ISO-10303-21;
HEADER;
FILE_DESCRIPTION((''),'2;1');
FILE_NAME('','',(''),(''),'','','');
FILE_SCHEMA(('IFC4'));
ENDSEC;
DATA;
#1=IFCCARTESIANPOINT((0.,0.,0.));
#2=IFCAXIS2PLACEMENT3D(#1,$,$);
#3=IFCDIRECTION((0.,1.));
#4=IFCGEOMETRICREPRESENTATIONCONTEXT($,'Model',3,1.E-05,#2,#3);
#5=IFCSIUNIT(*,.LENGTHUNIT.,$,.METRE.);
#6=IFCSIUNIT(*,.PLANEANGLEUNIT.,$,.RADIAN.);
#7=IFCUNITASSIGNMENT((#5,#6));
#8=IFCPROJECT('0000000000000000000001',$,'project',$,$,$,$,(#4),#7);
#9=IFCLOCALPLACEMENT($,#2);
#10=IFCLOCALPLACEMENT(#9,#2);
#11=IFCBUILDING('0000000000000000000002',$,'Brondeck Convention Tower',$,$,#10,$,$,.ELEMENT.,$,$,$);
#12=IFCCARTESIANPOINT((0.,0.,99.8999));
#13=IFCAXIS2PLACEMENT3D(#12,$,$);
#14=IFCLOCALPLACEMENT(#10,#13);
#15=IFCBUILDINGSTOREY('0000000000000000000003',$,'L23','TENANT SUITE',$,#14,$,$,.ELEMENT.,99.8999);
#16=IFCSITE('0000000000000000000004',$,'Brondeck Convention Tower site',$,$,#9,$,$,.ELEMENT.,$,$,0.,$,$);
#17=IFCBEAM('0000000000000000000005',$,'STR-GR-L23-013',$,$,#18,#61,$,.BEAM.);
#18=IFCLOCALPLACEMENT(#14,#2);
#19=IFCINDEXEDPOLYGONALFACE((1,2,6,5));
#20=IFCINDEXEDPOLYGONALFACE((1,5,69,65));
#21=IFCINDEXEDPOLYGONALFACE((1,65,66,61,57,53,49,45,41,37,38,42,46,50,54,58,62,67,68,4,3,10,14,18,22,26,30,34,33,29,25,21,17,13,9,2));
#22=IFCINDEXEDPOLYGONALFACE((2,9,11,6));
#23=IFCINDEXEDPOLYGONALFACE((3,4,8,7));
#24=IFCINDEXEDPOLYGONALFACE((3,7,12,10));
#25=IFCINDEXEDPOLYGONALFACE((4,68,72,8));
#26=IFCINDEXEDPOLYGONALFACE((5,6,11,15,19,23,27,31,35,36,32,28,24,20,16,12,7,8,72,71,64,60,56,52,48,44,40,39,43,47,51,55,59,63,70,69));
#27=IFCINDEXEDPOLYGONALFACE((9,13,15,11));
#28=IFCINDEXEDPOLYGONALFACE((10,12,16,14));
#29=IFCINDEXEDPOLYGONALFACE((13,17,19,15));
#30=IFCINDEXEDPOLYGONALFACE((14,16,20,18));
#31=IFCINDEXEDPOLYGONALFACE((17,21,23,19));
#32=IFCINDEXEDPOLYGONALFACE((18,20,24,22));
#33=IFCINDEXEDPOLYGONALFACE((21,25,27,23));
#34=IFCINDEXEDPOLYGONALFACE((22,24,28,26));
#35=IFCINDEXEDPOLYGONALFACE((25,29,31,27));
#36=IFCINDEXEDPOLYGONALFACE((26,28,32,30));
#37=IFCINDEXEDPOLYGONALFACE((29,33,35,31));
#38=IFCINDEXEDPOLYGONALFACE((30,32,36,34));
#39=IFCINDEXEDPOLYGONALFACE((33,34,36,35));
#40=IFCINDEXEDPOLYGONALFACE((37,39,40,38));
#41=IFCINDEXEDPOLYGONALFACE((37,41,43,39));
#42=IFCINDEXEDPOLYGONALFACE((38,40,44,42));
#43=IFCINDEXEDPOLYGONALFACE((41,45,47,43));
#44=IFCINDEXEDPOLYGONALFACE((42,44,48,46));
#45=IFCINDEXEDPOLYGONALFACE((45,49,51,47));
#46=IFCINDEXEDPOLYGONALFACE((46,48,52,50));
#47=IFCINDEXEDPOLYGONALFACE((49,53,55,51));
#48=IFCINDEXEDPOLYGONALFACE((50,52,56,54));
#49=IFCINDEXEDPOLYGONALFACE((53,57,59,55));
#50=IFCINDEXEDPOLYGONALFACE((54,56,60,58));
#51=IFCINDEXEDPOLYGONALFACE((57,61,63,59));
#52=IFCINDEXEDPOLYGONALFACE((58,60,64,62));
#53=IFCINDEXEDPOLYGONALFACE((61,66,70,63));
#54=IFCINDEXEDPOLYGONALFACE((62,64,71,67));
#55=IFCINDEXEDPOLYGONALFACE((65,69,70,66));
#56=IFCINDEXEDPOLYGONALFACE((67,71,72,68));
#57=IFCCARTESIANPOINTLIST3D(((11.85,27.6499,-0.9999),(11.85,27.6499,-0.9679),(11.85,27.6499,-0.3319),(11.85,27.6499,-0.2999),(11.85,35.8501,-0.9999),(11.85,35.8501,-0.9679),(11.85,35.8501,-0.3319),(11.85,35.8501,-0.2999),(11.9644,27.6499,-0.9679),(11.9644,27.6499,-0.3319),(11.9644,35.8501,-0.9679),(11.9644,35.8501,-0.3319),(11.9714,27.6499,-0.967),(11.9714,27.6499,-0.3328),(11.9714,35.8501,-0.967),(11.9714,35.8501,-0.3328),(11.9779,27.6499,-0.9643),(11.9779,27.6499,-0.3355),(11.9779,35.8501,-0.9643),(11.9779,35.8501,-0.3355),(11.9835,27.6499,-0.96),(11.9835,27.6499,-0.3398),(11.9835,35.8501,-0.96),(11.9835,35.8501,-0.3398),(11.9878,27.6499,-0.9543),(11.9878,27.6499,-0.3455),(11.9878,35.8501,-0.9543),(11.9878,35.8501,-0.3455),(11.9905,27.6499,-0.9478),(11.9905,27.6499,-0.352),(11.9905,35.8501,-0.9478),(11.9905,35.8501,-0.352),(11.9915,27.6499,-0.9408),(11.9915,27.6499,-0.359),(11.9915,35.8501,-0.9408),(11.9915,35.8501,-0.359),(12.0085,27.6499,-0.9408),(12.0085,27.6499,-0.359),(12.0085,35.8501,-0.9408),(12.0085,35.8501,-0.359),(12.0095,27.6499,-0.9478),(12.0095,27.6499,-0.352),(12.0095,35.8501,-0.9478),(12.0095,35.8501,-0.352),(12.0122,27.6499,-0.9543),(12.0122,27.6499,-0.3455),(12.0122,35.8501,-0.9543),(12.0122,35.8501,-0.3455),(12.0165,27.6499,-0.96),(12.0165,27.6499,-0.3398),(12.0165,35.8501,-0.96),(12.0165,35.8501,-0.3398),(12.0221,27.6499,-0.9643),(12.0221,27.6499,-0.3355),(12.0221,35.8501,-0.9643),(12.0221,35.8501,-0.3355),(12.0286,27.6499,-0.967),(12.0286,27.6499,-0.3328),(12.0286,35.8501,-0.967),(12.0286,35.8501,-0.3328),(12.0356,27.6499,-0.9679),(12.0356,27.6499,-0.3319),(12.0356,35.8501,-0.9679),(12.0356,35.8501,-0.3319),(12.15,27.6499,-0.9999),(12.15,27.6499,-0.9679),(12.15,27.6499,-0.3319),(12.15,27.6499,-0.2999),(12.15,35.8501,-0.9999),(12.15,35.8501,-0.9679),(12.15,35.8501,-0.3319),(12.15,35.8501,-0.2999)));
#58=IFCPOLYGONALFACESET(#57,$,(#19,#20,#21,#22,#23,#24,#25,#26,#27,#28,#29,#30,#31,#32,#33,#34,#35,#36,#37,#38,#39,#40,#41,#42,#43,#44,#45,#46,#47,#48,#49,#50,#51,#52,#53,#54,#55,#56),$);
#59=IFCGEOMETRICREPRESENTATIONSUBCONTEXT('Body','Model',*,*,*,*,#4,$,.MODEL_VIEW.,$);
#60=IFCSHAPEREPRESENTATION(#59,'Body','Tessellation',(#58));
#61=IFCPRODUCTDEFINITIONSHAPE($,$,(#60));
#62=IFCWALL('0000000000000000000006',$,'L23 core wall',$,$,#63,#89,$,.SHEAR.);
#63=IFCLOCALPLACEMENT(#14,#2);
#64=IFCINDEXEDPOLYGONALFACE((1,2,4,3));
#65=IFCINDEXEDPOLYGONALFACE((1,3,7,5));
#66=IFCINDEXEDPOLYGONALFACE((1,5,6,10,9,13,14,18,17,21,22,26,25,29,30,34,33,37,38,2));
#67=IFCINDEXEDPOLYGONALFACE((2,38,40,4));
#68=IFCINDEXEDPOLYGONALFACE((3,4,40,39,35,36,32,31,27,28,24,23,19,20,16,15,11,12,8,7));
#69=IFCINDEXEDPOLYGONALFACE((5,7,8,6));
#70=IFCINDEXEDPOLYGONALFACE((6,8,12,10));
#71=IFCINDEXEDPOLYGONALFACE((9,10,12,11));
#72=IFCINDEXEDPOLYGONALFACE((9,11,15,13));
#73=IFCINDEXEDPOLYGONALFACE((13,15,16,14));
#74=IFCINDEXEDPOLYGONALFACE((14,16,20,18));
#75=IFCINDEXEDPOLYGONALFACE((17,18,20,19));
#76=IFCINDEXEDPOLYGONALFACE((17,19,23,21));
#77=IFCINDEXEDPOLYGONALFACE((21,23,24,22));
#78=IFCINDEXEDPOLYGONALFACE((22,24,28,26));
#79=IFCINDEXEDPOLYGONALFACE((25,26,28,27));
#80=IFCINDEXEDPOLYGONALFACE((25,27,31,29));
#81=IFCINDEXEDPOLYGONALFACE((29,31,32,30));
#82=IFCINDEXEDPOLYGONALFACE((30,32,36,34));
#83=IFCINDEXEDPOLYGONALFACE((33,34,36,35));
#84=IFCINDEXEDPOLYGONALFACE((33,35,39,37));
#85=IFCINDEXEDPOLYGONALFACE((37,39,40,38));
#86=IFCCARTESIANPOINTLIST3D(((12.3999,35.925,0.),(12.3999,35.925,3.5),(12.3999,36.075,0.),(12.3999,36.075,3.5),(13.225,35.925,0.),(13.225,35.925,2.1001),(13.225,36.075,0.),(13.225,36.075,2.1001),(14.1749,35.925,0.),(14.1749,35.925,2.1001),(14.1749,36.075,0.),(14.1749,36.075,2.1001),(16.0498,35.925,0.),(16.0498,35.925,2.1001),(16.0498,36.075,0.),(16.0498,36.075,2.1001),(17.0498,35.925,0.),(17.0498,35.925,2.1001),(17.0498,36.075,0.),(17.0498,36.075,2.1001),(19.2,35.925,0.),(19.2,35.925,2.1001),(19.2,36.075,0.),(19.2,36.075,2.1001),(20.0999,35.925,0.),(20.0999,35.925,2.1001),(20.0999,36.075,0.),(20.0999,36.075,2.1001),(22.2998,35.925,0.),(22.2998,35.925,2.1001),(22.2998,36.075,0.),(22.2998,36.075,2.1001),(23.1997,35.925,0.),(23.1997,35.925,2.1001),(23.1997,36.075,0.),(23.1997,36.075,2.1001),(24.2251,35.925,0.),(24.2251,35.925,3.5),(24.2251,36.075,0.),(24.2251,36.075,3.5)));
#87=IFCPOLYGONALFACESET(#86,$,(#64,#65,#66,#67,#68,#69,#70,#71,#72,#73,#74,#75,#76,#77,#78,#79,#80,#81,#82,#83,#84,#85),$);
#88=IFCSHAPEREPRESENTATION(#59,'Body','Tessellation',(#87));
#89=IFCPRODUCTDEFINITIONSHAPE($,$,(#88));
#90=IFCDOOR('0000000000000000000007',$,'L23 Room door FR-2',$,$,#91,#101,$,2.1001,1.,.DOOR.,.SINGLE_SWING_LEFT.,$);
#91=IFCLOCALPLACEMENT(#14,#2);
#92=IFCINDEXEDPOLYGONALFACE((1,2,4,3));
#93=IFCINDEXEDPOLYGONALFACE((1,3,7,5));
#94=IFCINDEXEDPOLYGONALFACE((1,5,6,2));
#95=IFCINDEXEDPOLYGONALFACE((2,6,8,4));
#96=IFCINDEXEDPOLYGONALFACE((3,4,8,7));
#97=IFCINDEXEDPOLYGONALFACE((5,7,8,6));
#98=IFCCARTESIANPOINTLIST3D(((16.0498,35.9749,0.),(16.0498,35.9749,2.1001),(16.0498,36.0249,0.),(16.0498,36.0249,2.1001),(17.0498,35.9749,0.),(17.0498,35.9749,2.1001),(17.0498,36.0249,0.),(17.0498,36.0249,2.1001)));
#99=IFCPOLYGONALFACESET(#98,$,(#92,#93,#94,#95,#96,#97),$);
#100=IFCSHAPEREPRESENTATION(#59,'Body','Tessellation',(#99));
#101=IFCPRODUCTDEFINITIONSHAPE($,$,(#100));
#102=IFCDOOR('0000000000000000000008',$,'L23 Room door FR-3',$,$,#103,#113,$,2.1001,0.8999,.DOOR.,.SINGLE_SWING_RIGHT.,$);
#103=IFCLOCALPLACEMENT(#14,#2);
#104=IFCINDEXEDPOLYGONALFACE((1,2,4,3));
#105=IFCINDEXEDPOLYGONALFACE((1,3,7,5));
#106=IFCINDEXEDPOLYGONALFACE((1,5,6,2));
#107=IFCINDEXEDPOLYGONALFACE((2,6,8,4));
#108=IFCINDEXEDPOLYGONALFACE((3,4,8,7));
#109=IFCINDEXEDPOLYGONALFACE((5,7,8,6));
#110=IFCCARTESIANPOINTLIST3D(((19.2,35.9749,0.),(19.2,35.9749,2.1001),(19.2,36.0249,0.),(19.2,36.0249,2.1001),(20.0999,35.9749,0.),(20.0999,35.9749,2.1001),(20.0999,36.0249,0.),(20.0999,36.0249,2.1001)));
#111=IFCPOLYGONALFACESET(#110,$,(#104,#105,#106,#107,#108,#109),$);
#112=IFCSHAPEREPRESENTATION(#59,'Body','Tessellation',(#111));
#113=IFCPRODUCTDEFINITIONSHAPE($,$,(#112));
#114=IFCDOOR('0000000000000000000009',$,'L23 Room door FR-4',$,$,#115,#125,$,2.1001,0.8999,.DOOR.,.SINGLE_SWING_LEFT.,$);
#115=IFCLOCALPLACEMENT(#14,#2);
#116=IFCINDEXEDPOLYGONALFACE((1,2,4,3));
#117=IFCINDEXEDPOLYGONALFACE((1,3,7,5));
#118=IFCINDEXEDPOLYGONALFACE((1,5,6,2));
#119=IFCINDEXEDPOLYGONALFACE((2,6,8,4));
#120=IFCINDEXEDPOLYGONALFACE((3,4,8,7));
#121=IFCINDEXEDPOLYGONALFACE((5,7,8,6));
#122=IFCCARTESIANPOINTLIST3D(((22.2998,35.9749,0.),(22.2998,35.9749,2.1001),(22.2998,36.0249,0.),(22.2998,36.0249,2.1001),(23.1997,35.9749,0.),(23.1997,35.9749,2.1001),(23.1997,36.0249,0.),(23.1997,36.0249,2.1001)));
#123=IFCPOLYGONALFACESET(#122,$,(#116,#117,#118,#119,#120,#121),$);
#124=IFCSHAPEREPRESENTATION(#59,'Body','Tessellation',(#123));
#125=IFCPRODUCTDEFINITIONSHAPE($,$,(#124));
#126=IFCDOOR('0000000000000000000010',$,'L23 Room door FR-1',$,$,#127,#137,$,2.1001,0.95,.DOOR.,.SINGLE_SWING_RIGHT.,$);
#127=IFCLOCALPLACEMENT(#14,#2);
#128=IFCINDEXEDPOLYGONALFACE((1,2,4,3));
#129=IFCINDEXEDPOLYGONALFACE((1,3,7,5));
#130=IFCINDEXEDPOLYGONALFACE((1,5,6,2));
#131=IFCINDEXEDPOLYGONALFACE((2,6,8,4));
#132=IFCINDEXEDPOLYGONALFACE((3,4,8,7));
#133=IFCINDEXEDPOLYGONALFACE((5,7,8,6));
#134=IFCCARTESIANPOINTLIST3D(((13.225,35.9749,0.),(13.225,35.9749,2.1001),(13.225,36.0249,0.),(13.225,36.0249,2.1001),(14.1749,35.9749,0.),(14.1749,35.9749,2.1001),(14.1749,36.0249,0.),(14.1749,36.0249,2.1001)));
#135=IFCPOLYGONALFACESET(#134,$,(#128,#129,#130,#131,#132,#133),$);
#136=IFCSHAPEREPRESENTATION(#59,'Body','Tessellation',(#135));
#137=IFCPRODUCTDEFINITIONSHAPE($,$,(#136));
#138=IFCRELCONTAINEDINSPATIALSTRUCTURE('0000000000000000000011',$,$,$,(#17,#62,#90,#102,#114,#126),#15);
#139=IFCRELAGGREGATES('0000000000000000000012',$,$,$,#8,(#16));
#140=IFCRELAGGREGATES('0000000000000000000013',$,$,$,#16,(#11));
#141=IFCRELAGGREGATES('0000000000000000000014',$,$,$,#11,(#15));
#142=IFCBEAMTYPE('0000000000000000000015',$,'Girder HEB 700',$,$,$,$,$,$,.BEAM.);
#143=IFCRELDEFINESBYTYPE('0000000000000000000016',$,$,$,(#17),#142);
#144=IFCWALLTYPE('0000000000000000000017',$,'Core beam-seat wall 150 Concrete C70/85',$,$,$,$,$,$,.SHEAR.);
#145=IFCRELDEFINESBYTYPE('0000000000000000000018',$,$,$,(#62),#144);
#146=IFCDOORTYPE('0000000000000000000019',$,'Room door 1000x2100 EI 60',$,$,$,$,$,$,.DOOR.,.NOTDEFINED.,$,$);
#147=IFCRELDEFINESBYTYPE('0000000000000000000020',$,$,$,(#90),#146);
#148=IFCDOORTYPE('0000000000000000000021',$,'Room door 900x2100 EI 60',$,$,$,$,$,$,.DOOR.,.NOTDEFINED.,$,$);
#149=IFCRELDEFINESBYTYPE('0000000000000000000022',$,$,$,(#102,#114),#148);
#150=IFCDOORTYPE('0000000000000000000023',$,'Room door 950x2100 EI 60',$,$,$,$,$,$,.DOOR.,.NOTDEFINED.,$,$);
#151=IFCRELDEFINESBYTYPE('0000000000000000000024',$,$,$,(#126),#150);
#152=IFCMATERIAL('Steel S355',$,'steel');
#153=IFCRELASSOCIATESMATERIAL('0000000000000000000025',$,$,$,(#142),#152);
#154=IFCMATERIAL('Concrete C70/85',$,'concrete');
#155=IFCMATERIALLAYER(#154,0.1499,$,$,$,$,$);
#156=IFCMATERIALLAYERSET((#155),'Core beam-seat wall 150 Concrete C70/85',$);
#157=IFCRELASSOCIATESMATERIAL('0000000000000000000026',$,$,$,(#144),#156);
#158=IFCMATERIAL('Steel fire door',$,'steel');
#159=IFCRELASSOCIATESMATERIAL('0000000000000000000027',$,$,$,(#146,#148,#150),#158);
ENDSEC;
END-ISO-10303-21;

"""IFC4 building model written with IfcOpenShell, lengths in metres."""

from ifc_helpers import new_model, si_unit, direction, frame, frame_2d, origin, origin_2d, place, context, subcontext, project, spatial, rectangle, i_section, extrude, material, layer, layer_set, material_profile, profile_set, type_object, element, fill, save


model = new_model("IFC4")

# Units and contexts
model_context = context("Model", 3, precision=1e-05, world=origin(), true_north=direction((0.0, 1.0)))
body_context = subcontext(model_context, "Body", "Model", "MODEL_VIEW")
ifc_project = project(units=[si_unit("LENGTHUNIT", "METRE"), si_unit("PLANEANGLEUNIT", "RADIAN")], contexts=[model_context])

# Site, building, storey
site_placement = place(None, origin())
site = spatial("IfcSite", under=ifc_project, at=site_placement, Name="Brondeck Convention Tower site", CompositionType="ELEMENT", RefElevation=0.0)
building_placement = place(site_placement, origin())
building = spatial("IfcBuilding", under=site, at=building_placement, Name="Brondeck Convention Tower", CompositionType="ELEMENT")
storey_placement = place(building_placement, frame((0.0, 0.0, 99.8999)))
storey = spatial("IfcBuildingStorey", under=building, at=storey_placement, Name="L23", Description="TENANT SUITE", CompositionType="ELEMENT", Elevation=99.8999)

# Beam
ifc_material_1 = material(Name="Steel S355", Category="steel")
ifc_material_profile = material_profile(ifc_material_1, i_section(OverallWidth=0.3, OverallDepth=0.7, WebThickness=0.0171, FlangeThickness=0.032, FilletRadius=0.0271, at=origin_2d()), Name="HEB 700")
ifc_profile_set = profile_set([ifc_material_profile], Name="Steel S355")
beam_type = type_object("IfcBeamType", Name="Girder HEB 700", PredefinedType="BEAM", material=ifc_profile_set)
beam_placement = place(storey_placement, frame((12.0, 35.8501, -0.6499), z_axis=(0.0, -1.0, 0.0), x_axis=(1.0, 0.0, 0.0)))
element("IfcBeam", 1, at=beam_placement, inside=storey, type_object=beam_type, Name="STR-GR-L23-013", PredefinedType="BEAM", context=body_context, shape_type="SweptSolid", body=[
    extrude(i_section(OverallWidth=0.3, OverallDepth=0.7, WebThickness=0.0171, FlangeThickness=0.032, FilletRadius=0.0271, at=origin_2d()), origin(), (0.0, 0.0, 1.0), 8.2002),
])

# Wall, openings, doors
ifc_material_2 = material(Name="Concrete C70/85", Category="concrete")
ifc_layer_1 = layer(ifc_material_2, 0.1499)
ifc_layer_set_1 = layer_set([ifc_layer_1], Name="Core beam-seat wall 150 Concrete C70/85")
wall_type_1 = type_object("IfcWallType", Name="Core beam-seat wall 150 Concrete C70/85", PredefinedType="SHEAR", material=ifc_layer_set_1)
wall_1_placement = place(storey_placement, frame((12.3999, 36.0, 0.0), z_axis=(0.0, 0.0, 1.0), x_axis=(1.0, 0.0, 0.0)))
wall_1 = element("IfcWall", 2, at=wall_1_placement, inside=storey, type_object=wall_type_1, Name="L23 core wall", PredefinedType="SHEAR", context=body_context, shape_type="SweptSolid", body=[
    extrude(rectangle(XDim=11.8252, YDim=0.1499, at=frame_2d((5.9126, 0.0))), origin(), (0.0, 0.0, 1.0), 3.5),
])
opening_1_placement = place(wall_1_placement, frame((0.825, 0.0, 0.0)))
opening_1 = element("IfcOpeningElement", 3, at=opening_1_placement, cuts=wall_1, PredefinedType="OPENING", context=body_context, shape_type="SweptSolid", body=[
    extrude(rectangle(XDim=0.95, YDim=2.1001, at=frame_2d((0.4751, 1.05))), frame((0.0, 0.085, 0.0), z_axis=(0.0, -1.0, 0.0), x_axis=(1.0, 0.0, 0.0)), (0.0, 0.0, 1.0), 0.1699),
])
opening_2_placement = place(wall_1_placement, frame((3.6499, 0.0, 0.0)))
opening_2 = element("IfcOpeningElement", 4, at=opening_2_placement, cuts=wall_1, PredefinedType="OPENING", context=body_context, shape_type="SweptSolid", body=[
    extrude(rectangle(XDim=1.0, YDim=2.1001, at=frame_2d((0.5, 1.05))), frame((0.0, 0.085, 0.0), z_axis=(0.0, -1.0, 0.0), x_axis=(1.0, 0.0, 0.0)), (0.0, 0.0, 1.0), 0.1699),
])
opening_3_placement = place(wall_1_placement, frame((6.8, 0.0, 0.0)))
opening_3 = element("IfcOpeningElement", 5, at=opening_3_placement, cuts=wall_1, PredefinedType="OPENING", context=body_context, shape_type="SweptSolid", body=[
    extrude(rectangle(XDim=0.8999, YDim=2.1001, at=frame_2d((0.45, 1.05))), frame((0.0, 0.085, 0.0), z_axis=(0.0, -1.0, 0.0), x_axis=(1.0, 0.0, 0.0)), (0.0, 0.0, 1.0), 0.1699),
])
opening_4_placement = place(wall_1_placement, frame((9.8999, 0.0, 0.0)))
opening_4 = element("IfcOpeningElement", 6, at=opening_4_placement, cuts=wall_1, PredefinedType="OPENING", context=body_context, shape_type="SweptSolid", body=[
    extrude(rectangle(XDim=0.8999, YDim=2.1001, at=frame_2d((0.45, 1.05))), frame((0.0, 0.085, 0.0), z_axis=(0.0, -1.0, 0.0), x_axis=(1.0, 0.0, 0.0)), (0.0, 0.0, 1.0), 0.1699),
])
ifc_material_3 = material(Name="Steel fire door", Category="steel")
door_type_1 = type_object("IfcDoorType", Name="Room door 1000x2100 EI 60", OperationType="NOTDEFINED", PredefinedType="DOOR", material=ifc_material_3)
door_1_placement = place(opening_2_placement, origin())
door_1 = element("IfcDoor", 7, at=door_1_placement, inside=storey, type_object=door_type_1, Name="L23 Room door FR-2", OperationType="SINGLE_SWING_LEFT", OverallHeight=2.1001, OverallWidth=1.0, PredefinedType="DOOR", context=body_context, shape_type="SweptSolid", body=[
    extrude(rectangle(XDim=1.0, YDim=2.1001, at=frame_2d((0.5, 1.05))), frame((0.0, 0.0249, 0.0), z_axis=(0.0, -1.0, 0.0), x_axis=(1.0, 0.0, 0.0)), (0.0, 0.0, 1.0), 0.05),
])
fill(opening_2, door_1)
door_type_2 = type_object("IfcDoorType", Name="Room door 900x2100 EI 60", OperationType="NOTDEFINED", PredefinedType="DOOR", material=ifc_material_3)
door_2_placement = place(opening_3_placement, origin())
door_2 = element("IfcDoor", 8, at=door_2_placement, inside=storey, type_object=door_type_2, Name="L23 Room door FR-3", OperationType="SINGLE_SWING_RIGHT", OverallHeight=2.1001, OverallWidth=0.8999, PredefinedType="DOOR", context=body_context, shape_type="SweptSolid", body=[
    extrude(rectangle(XDim=0.8999, YDim=2.1001, at=frame_2d((0.45, 1.05))), frame((0.0, 0.0249, 0.0), z_axis=(0.0, -1.0, 0.0), x_axis=(1.0, 0.0, 0.0)), (0.0, 0.0, 1.0), 0.05),
])
fill(opening_3, door_2)
door_3_placement = place(opening_4_placement, origin())
door_3 = element("IfcDoor", 9, at=door_3_placement, inside=storey, type_object=door_type_2, Name="L23 Room door FR-4", OperationType="SINGLE_SWING_LEFT", OverallHeight=2.1001, OverallWidth=0.8999, PredefinedType="DOOR", context=body_context, shape_type="SweptSolid", body=[
    extrude(rectangle(XDim=0.8999, YDim=2.1001, at=frame_2d((0.45, 1.05))), frame((0.0, 0.0249, 0.0), z_axis=(0.0, -1.0, 0.0), x_axis=(1.0, 0.0, 0.0)), (0.0, 0.0, 1.0), 0.05),
])
fill(opening_4, door_3)
door_type_3 = type_object("IfcDoorType", Name="Room door 950x2100 EI 60", OperationType="NOTDEFINED", PredefinedType="DOOR", material=ifc_material_3)
door_4_placement = place(opening_1_placement, origin())
door_4 = element("IfcDoor", 10, at=door_4_placement, inside=storey, type_object=door_type_3, Name="L23 Room door FR-1", OperationType="SINGLE_SWING_RIGHT", OverallHeight=2.1001, OverallWidth=0.95, PredefinedType="DOOR", context=body_context, shape_type="SweptSolid", body=[
    extrude(rectangle(XDim=0.95, YDim=2.1001, at=frame_2d((0.4751, 1.05))), frame((0.0, 0.0249, 0.0), z_axis=(0.0, -1.0, 0.0), x_axis=(1.0, 0.0, 0.0)), (0.0, 0.0, 1.0), 0.05),
])
fill(opening_1, door_4)

save(model, "model.ifc")
